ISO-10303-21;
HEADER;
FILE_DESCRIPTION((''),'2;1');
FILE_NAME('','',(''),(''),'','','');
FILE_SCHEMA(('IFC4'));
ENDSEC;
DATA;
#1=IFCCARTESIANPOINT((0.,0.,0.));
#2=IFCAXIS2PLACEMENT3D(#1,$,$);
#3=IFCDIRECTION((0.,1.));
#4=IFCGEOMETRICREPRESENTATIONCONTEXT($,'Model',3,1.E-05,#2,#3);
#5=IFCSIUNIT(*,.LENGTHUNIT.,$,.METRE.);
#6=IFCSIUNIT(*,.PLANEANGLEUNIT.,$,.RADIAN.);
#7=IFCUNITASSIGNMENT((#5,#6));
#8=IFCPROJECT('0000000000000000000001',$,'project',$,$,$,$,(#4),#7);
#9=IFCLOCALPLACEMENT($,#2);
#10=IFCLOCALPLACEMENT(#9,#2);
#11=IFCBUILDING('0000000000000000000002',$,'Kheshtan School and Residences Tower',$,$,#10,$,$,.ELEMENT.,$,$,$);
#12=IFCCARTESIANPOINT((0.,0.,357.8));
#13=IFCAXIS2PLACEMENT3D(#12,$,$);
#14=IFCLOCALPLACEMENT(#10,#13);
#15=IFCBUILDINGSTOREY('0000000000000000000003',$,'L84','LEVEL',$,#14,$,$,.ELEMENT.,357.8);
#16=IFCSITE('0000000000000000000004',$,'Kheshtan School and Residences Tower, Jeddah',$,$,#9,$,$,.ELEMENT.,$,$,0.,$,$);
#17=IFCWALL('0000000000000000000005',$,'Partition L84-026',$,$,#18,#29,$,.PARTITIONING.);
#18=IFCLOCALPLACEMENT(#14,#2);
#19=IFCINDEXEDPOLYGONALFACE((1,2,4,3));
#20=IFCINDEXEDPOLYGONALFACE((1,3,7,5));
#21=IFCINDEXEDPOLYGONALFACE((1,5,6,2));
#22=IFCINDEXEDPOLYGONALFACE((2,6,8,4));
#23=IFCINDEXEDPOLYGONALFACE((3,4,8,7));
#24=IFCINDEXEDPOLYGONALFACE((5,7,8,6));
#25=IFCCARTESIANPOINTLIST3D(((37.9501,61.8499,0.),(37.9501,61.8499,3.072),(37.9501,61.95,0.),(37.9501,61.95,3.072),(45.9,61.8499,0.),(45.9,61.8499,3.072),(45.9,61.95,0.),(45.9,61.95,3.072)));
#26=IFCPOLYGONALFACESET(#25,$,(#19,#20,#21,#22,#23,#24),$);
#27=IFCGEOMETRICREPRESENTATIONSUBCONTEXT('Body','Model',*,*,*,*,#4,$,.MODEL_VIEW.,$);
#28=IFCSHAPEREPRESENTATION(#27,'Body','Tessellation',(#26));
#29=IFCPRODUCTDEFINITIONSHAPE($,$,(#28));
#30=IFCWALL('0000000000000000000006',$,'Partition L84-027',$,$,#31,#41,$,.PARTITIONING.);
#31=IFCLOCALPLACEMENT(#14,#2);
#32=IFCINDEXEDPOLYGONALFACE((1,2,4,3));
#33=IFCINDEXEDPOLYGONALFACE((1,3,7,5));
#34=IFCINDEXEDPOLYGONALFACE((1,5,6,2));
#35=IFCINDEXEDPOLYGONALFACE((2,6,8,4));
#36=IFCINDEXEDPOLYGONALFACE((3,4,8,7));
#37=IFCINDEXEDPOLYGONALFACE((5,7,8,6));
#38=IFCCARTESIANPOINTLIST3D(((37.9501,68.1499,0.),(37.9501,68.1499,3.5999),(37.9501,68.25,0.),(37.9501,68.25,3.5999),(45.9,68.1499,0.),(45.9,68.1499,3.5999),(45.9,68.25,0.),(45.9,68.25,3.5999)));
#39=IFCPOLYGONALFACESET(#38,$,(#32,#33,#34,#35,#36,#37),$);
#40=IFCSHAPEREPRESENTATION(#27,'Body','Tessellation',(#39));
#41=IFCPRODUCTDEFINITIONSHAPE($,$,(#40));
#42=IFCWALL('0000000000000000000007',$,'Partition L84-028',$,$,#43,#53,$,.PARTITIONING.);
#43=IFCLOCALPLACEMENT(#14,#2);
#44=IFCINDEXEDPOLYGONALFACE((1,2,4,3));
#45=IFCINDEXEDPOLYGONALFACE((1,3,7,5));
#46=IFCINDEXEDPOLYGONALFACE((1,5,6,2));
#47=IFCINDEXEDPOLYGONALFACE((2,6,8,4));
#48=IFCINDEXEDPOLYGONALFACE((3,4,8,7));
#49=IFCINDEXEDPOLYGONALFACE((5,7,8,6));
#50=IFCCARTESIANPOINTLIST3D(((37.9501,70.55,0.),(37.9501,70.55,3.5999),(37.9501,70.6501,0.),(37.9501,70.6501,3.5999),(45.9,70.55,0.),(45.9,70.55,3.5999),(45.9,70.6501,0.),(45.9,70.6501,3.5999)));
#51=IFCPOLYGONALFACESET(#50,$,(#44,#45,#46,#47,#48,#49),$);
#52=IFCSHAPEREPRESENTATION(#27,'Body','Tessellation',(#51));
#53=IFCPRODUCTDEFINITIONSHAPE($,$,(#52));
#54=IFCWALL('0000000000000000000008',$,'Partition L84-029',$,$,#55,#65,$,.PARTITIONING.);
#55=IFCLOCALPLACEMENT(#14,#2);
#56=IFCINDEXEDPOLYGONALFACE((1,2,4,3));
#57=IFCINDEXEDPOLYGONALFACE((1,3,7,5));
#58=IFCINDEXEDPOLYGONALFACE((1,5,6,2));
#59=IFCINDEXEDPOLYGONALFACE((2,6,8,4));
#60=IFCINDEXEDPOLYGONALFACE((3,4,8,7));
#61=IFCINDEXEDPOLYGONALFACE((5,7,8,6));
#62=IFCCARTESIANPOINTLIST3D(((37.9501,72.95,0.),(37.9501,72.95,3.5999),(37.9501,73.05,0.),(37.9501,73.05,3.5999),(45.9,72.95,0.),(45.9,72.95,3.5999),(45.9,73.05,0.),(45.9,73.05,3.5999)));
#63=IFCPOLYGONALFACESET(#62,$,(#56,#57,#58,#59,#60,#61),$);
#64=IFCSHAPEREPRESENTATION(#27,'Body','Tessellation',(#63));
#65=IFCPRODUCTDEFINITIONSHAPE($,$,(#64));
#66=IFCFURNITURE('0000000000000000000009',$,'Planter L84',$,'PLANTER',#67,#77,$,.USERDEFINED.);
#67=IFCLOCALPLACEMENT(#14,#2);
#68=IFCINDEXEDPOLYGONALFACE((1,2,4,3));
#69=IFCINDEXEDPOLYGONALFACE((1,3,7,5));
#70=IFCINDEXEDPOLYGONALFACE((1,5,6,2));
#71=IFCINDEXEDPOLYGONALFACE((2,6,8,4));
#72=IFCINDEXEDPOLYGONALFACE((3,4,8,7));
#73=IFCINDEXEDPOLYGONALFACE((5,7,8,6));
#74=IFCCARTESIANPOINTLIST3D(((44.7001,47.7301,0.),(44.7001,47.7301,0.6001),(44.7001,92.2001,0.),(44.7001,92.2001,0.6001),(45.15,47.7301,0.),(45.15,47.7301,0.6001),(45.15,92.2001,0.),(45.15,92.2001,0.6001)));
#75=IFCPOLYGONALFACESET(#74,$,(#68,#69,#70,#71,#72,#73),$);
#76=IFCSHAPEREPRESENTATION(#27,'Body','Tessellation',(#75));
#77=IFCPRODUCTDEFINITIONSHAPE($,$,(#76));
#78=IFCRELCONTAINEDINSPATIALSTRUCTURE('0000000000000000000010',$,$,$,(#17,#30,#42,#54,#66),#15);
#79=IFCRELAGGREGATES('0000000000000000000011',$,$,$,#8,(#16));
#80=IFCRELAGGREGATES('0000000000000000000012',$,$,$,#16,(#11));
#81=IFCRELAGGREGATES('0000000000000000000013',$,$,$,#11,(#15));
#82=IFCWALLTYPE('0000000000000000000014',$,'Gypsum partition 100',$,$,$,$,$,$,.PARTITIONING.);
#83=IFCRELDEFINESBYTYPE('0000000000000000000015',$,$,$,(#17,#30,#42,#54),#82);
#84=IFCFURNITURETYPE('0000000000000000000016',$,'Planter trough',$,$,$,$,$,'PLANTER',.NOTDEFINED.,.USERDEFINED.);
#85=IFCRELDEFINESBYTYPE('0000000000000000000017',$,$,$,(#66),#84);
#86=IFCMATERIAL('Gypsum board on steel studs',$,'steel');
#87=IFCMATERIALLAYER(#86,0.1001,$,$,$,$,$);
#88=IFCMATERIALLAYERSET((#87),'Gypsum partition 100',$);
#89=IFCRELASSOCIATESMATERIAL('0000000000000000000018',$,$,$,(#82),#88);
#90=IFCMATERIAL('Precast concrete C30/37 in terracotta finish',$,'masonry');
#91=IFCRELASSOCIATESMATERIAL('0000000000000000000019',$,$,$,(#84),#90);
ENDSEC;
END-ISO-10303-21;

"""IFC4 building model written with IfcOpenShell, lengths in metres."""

from ifc_helpers import new_model, si_unit, direction, frame, frame_2d, origin, origin_2d, place, context, subcontext, project, spatial, rectangle, extrude, material, layer, layer_set, type_object, element, save


model = new_model("IFC4")

# Units and contexts
model_context = context("Model", 3, precision=1e-05, world=origin(), true_north=direction((0.0, 1.0)))
body_context = subcontext(model_context, "Body", "Model", "MODEL_VIEW")
ifc_project = project(units=[si_unit("LENGTHUNIT", "METRE"), si_unit("PLANEANGLEUNIT", "RADIAN")], contexts=[model_context])

# Site, building, storey
site_placement = place(None, origin())
site = spatial("IfcSite", under=ifc_project, at=site_placement, Name="Kheshtan School and Residences Tower, Jeddah", CompositionType="ELEMENT", RefElevation=0.0)
building_placement = place(site_placement, origin())
building = spatial("IfcBuilding", under=site, at=building_placement, Name="Kheshtan School and Residences Tower", CompositionType="ELEMENT")
storey_placement = place(building_placement, frame((0.0, 0.0, 357.8)))
storey = spatial("IfcBuildingStorey", under=building, at=storey_placement, Name="L84", Description="LEVEL", CompositionType="ELEMENT", Elevation=357.8)

# Walls
ifc_material_1 = material(Name="Gypsum board on steel studs", Category="steel")
ifc_layer_1 = layer(ifc_material_1, 0.1001)
ifc_layer_set_1 = layer_set([ifc_layer_1], Name="Gypsum partition 100")
wall_type_1 = type_object("IfcWallType", Name="Gypsum partition 100", PredefinedType="PARTITIONING", material=ifc_layer_set_1)
wall_1_placement = place(storey_placement, frame((37.95, 61.8999, 0.0), z_axis=(0.0, 0.0, 1.0), x_axis=(1.0, 0.0, 0.0)))
element("IfcWall", 1, at=wall_1_placement, inside=storey, type_object=wall_type_1, Name="Partition L84-026", PredefinedType="PARTITIONING", context=body_context, shape_type="SweptSolid", body=[
    extrude(rectangle(XDim=7.95, YDim=0.1001, at=frame_2d((3.9751, 0.0))), origin(), (0.0, 0.0, 1.0), 3.072),
])
for number, where, z_axis, x_axis, name in (
    (2, (37.95, 68.2, 0.0), (0.0, 0.0, 1.0), (1.0, 0.0, 0.0), "Partition L84-027"),
    (3, (37.95, 70.6001, 0.0), (0.0, 0.0, 1.0), (1.0, 0.0, 0.0), "Partition L84-028"),
    (4, (37.95, 73.0, 0.0), (0.0, 0.0, 1.0), (1.0, 0.0, 0.0), "Partition L84-029"),
):
    element("IfcWall", number, at=place(storey_placement, frame(where, z_axis=z_axis, x_axis=x_axis)), inside=storey, type_object=wall_type_1, Name=name, PredefinedType="PARTITIONING", context=body_context, shape_type="SweptSolid", body=[
        extrude(rectangle(XDim=7.95, YDim=0.1001, at=frame_2d((3.9751, 0.0))), origin(), (0.0, 0.0, 1.0), 3.5999),
    ])

# Furniture
ifc_material_2 = material(Name="Precast concrete C30/37 in terracotta finish", Category="masonry")
furniture_type = type_object("IfcFurnitureType", Name="Planter trough", ElementType="PLANTER", AssemblyPlace="NOTDEFINED", PredefinedType="USERDEFINED", material=ifc_material_2)
furniture_placement = place(storey_placement, frame((44.925, 69.9651, 0.0), z_axis=(0.0, 0.0, 1.0), x_axis=(0.0, -1.0, 0.0)))
element("IfcFurniture", 5, at=furniture_placement, inside=storey, type_object=furniture_type, Name="Planter L84", ObjectType="PLANTER", PredefinedType="USERDEFINED", context=body_context, shape_type="SweptSolid", body=[
    extrude(rectangle(XDim=44.47, YDim=0.45, at=origin_2d()), origin(), (0.0, 0.0, 1.0), 0.6001),
])

save(model, "model.ifc")
